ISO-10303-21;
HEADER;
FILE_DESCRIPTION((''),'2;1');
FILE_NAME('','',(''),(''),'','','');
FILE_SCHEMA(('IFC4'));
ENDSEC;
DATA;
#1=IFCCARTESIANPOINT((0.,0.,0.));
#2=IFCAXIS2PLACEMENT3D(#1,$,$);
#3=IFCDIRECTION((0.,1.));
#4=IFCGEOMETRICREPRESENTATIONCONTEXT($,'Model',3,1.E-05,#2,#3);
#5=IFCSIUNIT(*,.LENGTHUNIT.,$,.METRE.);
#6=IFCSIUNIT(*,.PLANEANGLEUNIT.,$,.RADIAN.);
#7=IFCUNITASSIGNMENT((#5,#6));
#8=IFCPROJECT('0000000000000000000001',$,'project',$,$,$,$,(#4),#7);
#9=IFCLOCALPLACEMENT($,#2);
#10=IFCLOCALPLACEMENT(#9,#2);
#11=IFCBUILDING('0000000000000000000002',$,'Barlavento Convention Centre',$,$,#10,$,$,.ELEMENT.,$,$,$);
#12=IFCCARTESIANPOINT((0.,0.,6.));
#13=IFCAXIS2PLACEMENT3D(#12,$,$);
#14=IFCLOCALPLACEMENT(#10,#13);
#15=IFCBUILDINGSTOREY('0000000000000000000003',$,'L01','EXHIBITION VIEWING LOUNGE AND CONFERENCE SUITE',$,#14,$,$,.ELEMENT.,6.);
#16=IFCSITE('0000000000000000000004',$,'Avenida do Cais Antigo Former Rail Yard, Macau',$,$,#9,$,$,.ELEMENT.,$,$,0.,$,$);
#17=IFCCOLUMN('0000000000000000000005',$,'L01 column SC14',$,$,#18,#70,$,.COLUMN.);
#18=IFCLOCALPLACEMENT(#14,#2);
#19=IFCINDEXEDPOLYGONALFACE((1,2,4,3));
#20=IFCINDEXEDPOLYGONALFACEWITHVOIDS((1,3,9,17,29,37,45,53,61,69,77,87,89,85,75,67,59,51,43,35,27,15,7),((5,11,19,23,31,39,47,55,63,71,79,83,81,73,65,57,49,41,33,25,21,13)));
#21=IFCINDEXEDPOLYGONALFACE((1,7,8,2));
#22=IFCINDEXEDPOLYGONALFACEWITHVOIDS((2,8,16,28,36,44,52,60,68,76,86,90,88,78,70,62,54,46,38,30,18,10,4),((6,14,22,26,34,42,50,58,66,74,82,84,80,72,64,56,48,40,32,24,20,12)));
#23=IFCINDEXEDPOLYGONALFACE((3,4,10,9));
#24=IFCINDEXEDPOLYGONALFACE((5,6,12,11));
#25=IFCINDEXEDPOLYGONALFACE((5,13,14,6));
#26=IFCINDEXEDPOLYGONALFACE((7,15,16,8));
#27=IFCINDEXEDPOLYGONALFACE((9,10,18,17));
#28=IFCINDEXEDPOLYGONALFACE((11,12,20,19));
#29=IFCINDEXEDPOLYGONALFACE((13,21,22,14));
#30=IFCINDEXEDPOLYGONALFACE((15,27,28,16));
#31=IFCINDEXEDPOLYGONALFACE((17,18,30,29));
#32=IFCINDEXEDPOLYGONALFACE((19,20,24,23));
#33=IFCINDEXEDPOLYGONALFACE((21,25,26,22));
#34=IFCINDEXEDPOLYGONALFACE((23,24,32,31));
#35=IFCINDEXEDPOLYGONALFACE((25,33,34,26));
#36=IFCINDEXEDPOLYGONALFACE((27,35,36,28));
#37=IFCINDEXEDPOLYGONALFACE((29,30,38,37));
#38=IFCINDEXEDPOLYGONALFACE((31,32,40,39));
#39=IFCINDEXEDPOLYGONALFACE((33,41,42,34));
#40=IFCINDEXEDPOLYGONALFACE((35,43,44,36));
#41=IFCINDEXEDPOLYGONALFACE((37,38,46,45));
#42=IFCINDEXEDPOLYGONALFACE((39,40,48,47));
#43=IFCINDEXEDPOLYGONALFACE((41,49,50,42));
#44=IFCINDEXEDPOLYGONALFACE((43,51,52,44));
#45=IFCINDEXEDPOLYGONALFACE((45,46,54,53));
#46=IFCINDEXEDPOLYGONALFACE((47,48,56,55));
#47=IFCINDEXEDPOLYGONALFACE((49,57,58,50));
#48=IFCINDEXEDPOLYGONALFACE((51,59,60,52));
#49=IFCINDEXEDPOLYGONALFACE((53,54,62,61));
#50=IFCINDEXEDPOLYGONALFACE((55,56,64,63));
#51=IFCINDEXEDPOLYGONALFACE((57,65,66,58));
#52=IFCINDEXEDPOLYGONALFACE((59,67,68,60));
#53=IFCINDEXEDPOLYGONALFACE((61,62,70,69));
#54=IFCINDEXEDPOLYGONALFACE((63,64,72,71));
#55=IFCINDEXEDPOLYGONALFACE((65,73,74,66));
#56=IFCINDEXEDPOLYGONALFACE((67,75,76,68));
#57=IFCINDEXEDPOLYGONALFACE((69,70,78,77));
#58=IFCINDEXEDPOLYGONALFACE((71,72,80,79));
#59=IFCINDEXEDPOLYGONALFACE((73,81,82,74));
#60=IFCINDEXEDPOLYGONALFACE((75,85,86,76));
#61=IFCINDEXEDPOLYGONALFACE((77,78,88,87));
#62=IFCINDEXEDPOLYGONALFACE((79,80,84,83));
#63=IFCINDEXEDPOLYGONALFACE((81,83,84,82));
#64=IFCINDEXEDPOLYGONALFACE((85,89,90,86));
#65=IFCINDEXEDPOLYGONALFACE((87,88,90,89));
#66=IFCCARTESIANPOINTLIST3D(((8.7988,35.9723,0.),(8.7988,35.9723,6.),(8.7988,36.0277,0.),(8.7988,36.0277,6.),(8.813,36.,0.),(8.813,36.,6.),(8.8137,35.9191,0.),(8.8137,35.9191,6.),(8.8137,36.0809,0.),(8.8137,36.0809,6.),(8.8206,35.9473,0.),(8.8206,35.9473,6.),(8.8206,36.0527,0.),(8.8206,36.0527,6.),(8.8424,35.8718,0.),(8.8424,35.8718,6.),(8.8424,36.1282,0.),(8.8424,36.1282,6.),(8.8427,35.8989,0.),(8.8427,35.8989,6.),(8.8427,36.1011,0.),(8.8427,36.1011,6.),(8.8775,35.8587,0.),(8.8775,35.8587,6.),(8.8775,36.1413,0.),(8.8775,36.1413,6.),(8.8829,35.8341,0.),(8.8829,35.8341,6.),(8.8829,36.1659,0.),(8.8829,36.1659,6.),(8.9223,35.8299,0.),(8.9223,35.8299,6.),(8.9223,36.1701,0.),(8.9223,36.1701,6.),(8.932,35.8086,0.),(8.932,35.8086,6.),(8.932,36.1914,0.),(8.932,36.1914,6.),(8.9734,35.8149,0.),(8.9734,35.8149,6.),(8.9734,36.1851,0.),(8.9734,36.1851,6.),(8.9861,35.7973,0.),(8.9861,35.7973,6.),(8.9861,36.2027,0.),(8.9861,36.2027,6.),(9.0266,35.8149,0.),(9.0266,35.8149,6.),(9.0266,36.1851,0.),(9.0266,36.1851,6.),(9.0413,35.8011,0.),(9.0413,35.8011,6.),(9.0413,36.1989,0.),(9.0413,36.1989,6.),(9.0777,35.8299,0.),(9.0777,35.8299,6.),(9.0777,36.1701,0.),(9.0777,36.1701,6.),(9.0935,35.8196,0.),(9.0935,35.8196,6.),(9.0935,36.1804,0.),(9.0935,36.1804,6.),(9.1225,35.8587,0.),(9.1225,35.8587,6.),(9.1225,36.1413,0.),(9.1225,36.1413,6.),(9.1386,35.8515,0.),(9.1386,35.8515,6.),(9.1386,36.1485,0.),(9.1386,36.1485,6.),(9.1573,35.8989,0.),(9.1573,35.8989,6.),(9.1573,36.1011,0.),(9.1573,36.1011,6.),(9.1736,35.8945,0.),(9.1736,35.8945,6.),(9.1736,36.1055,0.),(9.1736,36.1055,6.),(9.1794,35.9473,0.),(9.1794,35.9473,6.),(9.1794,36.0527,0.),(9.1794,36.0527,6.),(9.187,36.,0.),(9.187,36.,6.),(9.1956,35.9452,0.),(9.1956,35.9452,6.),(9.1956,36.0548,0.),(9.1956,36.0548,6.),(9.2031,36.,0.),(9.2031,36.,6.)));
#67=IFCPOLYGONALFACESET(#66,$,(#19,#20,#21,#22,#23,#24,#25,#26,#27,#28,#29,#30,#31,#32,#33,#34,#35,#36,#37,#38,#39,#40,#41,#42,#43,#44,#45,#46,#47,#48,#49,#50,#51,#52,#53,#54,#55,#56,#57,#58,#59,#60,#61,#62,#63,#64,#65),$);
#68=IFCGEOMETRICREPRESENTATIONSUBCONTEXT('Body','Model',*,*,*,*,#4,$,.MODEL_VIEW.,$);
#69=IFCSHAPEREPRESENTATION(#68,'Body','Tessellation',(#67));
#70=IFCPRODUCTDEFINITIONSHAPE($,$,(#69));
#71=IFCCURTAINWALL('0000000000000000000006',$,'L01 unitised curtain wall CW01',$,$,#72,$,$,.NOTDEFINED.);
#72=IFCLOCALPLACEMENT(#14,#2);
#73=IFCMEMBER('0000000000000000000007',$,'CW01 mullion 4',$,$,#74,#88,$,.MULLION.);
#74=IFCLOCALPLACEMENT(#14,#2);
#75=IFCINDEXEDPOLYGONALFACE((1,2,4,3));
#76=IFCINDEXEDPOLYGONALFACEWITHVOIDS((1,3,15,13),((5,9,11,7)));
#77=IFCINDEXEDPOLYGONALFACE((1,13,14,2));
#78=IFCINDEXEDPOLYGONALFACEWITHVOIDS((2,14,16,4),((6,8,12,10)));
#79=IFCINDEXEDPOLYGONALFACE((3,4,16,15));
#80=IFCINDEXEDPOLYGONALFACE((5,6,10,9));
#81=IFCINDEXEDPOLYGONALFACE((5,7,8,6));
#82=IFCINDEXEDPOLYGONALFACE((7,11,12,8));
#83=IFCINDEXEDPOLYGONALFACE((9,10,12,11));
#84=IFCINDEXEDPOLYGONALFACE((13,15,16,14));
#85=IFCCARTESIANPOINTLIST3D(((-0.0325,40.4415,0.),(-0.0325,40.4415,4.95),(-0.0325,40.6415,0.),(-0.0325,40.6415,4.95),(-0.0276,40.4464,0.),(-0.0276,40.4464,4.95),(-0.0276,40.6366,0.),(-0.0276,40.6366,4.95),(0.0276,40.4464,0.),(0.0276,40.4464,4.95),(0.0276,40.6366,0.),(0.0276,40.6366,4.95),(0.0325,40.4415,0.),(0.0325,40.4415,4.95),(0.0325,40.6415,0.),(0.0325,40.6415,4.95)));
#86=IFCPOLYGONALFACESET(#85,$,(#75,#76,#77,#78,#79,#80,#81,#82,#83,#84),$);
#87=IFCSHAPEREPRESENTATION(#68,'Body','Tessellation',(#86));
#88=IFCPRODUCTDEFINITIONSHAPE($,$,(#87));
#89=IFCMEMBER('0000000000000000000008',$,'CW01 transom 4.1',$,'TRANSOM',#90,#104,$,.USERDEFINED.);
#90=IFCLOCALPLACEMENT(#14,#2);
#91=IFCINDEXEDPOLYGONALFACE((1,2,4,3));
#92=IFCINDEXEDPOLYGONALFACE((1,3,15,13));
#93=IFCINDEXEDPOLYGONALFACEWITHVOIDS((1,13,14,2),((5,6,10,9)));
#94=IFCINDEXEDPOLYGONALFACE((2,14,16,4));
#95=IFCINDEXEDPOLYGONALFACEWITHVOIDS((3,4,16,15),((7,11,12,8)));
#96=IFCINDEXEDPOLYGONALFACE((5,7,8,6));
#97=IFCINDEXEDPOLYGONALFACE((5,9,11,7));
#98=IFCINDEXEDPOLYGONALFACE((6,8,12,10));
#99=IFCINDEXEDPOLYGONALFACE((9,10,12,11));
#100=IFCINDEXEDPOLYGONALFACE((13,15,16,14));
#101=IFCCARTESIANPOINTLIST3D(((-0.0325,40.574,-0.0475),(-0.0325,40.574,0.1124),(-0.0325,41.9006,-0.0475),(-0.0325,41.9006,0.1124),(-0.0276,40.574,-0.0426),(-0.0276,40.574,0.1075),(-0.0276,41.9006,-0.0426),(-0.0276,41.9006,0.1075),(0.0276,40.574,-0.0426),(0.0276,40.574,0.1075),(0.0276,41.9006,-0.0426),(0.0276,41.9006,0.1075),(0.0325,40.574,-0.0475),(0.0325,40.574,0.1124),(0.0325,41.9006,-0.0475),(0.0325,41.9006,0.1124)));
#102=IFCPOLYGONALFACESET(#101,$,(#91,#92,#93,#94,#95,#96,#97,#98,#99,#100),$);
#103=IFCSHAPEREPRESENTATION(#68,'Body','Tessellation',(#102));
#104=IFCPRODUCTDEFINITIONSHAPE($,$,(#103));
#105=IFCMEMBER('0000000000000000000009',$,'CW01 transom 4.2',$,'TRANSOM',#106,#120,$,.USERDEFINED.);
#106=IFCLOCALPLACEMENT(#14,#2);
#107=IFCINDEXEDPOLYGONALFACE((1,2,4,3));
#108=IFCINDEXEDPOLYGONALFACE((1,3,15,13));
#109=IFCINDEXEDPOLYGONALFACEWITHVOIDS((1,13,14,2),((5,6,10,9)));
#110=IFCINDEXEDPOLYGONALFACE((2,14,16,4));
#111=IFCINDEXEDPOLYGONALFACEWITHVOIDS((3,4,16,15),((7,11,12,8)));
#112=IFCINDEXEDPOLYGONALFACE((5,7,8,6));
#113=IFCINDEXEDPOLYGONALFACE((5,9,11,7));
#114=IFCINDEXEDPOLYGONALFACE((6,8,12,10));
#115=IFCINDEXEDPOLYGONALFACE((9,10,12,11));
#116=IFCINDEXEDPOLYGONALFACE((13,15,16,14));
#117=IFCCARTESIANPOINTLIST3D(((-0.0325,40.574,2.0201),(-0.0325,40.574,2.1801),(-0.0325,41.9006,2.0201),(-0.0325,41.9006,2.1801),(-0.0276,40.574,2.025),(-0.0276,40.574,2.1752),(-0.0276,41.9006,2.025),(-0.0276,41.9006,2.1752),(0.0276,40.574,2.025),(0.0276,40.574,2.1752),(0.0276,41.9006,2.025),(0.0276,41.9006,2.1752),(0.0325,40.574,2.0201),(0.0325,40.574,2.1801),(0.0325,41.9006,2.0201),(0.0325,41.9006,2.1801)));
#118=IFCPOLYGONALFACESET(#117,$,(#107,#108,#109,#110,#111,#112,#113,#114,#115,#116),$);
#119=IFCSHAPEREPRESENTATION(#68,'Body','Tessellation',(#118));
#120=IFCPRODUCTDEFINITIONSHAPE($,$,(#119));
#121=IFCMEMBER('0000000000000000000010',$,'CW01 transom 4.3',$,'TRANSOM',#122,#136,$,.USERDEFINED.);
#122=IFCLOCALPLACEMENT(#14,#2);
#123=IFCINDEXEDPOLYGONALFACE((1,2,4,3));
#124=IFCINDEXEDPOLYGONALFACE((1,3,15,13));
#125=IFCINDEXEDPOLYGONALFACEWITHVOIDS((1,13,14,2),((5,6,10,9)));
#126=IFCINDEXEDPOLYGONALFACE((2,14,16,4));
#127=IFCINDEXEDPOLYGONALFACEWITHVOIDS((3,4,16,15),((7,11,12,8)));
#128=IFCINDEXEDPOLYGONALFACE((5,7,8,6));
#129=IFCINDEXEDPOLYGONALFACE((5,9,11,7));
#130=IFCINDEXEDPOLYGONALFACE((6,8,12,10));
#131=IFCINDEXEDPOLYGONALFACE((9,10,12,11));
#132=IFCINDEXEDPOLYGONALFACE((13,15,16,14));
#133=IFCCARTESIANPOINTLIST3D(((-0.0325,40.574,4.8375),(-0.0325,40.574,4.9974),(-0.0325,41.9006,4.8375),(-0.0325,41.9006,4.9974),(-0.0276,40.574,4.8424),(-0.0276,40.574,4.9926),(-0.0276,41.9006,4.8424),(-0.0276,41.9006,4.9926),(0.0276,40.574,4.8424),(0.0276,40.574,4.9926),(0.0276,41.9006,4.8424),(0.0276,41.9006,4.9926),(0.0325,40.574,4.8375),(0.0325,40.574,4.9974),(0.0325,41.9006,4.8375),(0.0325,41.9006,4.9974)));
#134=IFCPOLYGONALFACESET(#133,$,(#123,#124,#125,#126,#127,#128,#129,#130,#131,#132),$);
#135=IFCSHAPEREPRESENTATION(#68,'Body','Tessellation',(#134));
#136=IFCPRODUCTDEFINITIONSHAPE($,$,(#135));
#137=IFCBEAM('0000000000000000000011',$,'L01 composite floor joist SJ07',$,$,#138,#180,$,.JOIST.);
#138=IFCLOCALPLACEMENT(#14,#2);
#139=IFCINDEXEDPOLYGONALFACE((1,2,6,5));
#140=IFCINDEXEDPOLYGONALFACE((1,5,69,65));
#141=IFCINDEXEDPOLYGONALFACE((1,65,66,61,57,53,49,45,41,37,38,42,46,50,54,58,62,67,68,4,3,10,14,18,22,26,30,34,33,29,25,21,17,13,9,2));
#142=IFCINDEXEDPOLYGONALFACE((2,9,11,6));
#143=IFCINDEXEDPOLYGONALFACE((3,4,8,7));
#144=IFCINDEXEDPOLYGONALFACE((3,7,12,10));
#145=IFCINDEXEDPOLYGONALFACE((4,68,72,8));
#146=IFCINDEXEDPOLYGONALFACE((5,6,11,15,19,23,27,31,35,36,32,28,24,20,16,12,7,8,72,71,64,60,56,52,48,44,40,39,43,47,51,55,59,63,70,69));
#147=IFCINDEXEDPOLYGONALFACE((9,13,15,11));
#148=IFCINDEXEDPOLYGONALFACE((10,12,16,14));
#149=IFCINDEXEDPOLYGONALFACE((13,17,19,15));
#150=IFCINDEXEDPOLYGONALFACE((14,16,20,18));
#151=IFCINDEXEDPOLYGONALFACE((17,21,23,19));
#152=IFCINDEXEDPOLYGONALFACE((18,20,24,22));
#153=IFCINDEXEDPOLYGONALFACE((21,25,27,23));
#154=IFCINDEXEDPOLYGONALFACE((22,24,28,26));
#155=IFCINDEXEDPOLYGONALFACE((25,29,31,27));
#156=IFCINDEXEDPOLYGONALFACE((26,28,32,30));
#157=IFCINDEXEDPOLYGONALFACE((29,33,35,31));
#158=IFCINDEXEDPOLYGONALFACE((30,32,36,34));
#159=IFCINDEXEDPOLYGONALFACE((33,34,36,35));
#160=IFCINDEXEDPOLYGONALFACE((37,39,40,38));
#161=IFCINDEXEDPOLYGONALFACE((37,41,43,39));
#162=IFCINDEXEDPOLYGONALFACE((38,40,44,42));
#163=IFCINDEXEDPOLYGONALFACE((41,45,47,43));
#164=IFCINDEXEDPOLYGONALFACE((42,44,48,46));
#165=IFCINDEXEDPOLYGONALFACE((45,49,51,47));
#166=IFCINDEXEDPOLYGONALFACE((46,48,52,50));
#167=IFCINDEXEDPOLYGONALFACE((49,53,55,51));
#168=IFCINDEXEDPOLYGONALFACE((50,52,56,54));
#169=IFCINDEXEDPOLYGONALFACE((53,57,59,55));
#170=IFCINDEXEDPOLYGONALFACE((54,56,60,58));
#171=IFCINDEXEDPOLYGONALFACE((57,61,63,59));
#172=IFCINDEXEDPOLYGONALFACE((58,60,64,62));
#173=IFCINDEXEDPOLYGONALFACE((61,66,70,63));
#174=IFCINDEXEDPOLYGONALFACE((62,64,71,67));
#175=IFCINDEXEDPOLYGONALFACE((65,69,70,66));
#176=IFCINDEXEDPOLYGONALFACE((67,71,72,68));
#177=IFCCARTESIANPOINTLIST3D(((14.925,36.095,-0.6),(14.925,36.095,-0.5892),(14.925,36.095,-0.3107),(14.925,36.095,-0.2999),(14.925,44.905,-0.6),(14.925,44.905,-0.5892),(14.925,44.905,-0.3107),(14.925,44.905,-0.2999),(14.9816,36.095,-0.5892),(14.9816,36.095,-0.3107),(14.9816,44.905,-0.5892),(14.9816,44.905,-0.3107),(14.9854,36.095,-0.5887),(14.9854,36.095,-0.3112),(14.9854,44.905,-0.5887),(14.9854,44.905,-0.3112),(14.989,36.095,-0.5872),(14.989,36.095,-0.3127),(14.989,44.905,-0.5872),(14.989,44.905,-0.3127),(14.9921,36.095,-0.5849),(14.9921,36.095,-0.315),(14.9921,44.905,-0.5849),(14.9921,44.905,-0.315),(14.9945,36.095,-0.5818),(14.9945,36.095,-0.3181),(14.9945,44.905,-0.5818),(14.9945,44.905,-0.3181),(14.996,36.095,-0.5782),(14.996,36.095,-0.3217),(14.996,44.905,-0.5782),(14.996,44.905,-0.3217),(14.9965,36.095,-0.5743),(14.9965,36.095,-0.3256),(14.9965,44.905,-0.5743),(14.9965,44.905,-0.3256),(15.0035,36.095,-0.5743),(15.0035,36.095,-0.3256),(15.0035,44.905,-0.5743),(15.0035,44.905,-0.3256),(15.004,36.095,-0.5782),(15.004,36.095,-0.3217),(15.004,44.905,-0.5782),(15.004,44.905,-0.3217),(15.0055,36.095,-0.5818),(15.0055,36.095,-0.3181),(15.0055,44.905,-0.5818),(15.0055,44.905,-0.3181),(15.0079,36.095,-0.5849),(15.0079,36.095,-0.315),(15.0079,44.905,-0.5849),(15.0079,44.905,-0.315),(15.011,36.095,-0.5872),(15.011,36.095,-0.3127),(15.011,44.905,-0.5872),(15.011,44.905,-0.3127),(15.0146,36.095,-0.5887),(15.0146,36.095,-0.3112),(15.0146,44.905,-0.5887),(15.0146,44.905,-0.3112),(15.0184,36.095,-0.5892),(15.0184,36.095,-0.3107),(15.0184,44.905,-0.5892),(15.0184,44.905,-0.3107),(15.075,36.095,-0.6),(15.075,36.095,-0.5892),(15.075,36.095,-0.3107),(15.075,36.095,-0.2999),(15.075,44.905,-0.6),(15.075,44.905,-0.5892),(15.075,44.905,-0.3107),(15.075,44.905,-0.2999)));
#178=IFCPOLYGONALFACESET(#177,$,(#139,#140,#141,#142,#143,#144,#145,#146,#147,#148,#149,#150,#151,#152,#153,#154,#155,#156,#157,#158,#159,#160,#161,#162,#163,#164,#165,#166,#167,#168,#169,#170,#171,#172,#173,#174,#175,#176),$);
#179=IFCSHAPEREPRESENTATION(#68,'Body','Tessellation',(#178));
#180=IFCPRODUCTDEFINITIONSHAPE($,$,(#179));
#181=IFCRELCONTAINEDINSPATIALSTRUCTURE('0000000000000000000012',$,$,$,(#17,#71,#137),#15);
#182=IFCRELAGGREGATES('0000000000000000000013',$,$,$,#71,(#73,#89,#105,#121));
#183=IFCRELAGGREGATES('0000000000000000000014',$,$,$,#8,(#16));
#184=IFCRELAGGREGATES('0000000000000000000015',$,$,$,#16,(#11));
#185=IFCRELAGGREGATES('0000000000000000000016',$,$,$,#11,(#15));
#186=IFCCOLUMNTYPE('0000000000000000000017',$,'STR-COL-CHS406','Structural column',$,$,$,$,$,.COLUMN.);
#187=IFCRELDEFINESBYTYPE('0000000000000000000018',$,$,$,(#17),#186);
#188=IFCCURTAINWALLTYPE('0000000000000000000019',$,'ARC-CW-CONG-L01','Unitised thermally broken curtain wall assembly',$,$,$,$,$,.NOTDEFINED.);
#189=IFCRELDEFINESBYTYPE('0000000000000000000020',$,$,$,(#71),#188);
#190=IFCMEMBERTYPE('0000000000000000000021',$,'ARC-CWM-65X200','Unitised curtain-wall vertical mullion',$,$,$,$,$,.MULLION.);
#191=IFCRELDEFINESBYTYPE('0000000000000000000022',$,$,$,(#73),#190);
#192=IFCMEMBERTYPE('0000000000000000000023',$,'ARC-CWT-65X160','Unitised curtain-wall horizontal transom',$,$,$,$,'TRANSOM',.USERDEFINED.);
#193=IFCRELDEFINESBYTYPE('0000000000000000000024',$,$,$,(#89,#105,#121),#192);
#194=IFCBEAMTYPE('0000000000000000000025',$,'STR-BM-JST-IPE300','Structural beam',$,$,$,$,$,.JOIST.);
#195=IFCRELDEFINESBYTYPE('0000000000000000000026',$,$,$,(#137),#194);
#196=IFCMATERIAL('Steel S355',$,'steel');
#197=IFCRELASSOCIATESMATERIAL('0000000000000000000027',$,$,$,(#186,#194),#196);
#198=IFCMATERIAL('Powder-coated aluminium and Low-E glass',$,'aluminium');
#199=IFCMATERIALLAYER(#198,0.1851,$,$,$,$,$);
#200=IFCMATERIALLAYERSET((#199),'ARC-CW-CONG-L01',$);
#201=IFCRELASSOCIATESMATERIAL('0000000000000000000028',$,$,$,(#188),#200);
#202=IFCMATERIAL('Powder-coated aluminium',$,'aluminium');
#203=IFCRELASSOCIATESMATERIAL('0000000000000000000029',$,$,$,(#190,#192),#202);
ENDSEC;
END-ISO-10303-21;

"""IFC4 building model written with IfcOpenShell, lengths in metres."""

from ifc_helpers import new_model, si_unit, direction, frame, origin, origin_2d, place, context, subcontext, project, spatial, hollow_rectangle, hollow_circle, i_section, extrude, material, layer, layer_set, material_profile, profile_set, type_object, element, aggregate, save


model = new_model("IFC4")

# Units and contexts
model_context = context("Model", 3, precision=1e-05, world=origin(), true_north=direction((0.0, 1.0)))
body_context = subcontext(model_context, "Body", "Model", "MODEL_VIEW")
ifc_project = project(units=[si_unit("LENGTHUNIT", "METRE"), si_unit("PLANEANGLEUNIT", "RADIAN")], contexts=[model_context])

# Site, building, storey
site_placement = place(None, origin())
site = spatial("IfcSite", under=ifc_project, at=site_placement, Name="Avenida do Cais Antigo Former Rail Yard, Macau", CompositionType="ELEMENT", RefElevation=0.0)
building_placement = place(site_placement, origin())
building = spatial("IfcBuilding", under=site, at=building_placement, Name="Barlavento Convention Centre", CompositionType="ELEMENT")
storey_placement = place(building_placement, frame((0.0, 0.0, 6.0)))
storey = spatial("IfcBuildingStorey", under=building, at=storey_placement, Name="L01", Description="EXHIBITION VIEWING LOUNGE AND CONFERENCE SUITE", CompositionType="ELEMENT", Elevation=6.0)

# Column
ifc_material_1 = material(Name="Steel S355", Category="steel")
ifc_material_profile_1 = material_profile(ifc_material_1, hollow_circle(Radius=0.2031, WallThickness=0.0161, at=origin_2d()), Name="CHS 406.4x16.0")
ifc_profile_set_1 = profile_set([ifc_material_profile_1], Name="Steel S355")
column_type = type_object("IfcColumnType", Name="STR-COL-CHS406", Description="Structural column", PredefinedType="COLUMN", material=ifc_profile_set_1)
column_placement = place(storey_placement, frame((9.0, 36.0, 0.0), z_axis=(0.0, 0.0, 1.0), x_axis=(1.0, 0.0, 0.0)))
element("IfcColumn", 1, at=column_placement, inside=storey, type_object=column_type, Name="L01 column SC14", PredefinedType="COLUMN", context=body_context, shape_type="SweptSolid", body=[
    extrude(hollow_circle(Radius=0.2031, WallThickness=0.0161, at=origin_2d()), origin(), (0.0, 0.0, 1.0), 6.0),
])

# Curtain wall, members
ifc_material_2 = material(Name="Powder-coated aluminium and Low-E glass", Category="aluminium")
ifc_layer_1 = layer(ifc_material_2, 0.1851)
ifc_layer_set_1 = layer_set([ifc_layer_1], Name="ARC-CW-CONG-L01")
curtain_wall_type = type_object("IfcCurtainWallType", Name="ARC-CW-CONG-L01", Description="Unitised thermally broken curtain wall assembly", PredefinedType="NOTDEFINED", material=ifc_layer_set_1)
curtain_wall_placement = place(storey_placement, origin())
curtain_wall = element("IfcCurtainWall", 2, at=curtain_wall_placement, inside=storey, type_object=curtain_wall_type, Name="L01 unitised curtain wall CW01", PredefinedType="NOTDEFINED")
ifc_material_3 = material(Name="Powder-coated aluminium", Category="aluminium")
ifc_material_profile_2 = material_profile(ifc_material_3, hollow_rectangle(XDim=0.0649, YDim=0.2, WallThickness=0.0049, at=origin_2d()), Name="AL-MULL 65x200x5")
ifc_profile_set_2 = profile_set([ifc_material_profile_2], Name="Powder-coated aluminium")
member_type_1 = type_object("IfcMemberType", Name="ARC-CWM-65X200", Description="Unitised curtain-wall vertical mullion", PredefinedType="MULLION", material=ifc_profile_set_2)
member_1_placement = place(storey_placement, frame((0.0, 40.5415, 0.0), z_axis=(0.0, 0.0, 1.0), x_axis=(-1.0, 0.0, 0.0)))
member_1 = element("IfcMember", 3, at=member_1_placement, type_object=member_type_1, Name="CW01 mullion 4", PredefinedType="MULLION", context=body_context, shape_type="SweptSolid", body=[
    extrude(hollow_rectangle(XDim=0.0649, YDim=0.2, WallThickness=0.0049, at=origin_2d()), origin(), (0.0, 0.0, 1.0), 4.95),
])
ifc_material_profile_3 = material_profile(ifc_material_3, hollow_rectangle(XDim=0.0649, YDim=0.1599, WallThickness=0.0049, at=origin_2d()), Name="AL-TRAN 65x160x5")
ifc_profile_set_3 = profile_set([ifc_material_profile_3], Name="Powder-coated aluminium")
member_type_2 = type_object("IfcMemberType", Name="ARC-CWT-65X160", Description="Unitised curtain-wall horizontal transom", ElementType="TRANSOM", PredefinedType="USERDEFINED", material=ifc_profile_set_3)
member_2_placement = place(storey_placement, frame((0.0, 40.574, 0.0325), z_axis=(0.0, 1.0, 0.0), x_axis=(-1.0, 0.0, 0.0)))
member_2 = element("IfcMember", 4, at=member_2_placement, type_object=member_type_2, Name="CW01 transom 4.1", ObjectType="TRANSOM", PredefinedType="USERDEFINED", context=body_context, shape_type="SweptSolid", body=[
    extrude(hollow_rectangle(XDim=0.0649, YDim=0.1599, WallThickness=0.0049, at=origin_2d()), origin(), (0.0, 0.0, 1.0), 1.3267),
])
member_3_placement = place(storey_placement, frame((0.0, 40.574, 2.1001), z_axis=(0.0, 1.0, 0.0), x_axis=(-1.0, 0.0, 0.0)))
member_3 = element("IfcMember", 5, at=member_3_placement, type_object=member_type_2, Name="CW01 transom 4.2", ObjectType="TRANSOM", PredefinedType="USERDEFINED", context=body_context, shape_type="SweptSolid", body=[
    extrude(hollow_rectangle(XDim=0.0649, YDim=0.1599, WallThickness=0.0049, at=origin_2d()), origin(), (0.0, 0.0, 1.0), 1.3267),
])
member_4_placement = place(storey_placement, frame((0.0, 40.574, 4.9175), z_axis=(0.0, 1.0, 0.0), x_axis=(-1.0, 0.0, 0.0)))
member_4 = element("IfcMember", 6, at=member_4_placement, type_object=member_type_2, Name="CW01 transom 4.3", ObjectType="TRANSOM", PredefinedType="USERDEFINED", context=body_context, shape_type="SweptSolid", body=[
    extrude(hollow_rectangle(XDim=0.0649, YDim=0.1599, WallThickness=0.0049, at=origin_2d()), origin(), (0.0, 0.0, 1.0), 1.3267),
])

# Beam
ifc_material_profile_4 = material_profile(ifc_material_1, i_section(OverallWidth=0.1499, OverallDepth=0.3, WebThickness=0.0071, FlangeThickness=0.0107, FilletRadius=0.0149, at=origin_2d()), Name="IPE 300")
ifc_profile_set_4 = profile_set([ifc_material_profile_4], Name="Steel S355")
beam_type_1 = type_object("IfcBeamType", Name="STR-BM-JST-IPE300", Description="Structural beam", PredefinedType="JOIST", material=ifc_profile_set_4)
beam_1_placement = place(storey_placement, frame((15.0, 36.095, -0.45), z_axis=(0.0, 1.0, 0.0), x_axis=(-1.0, 0.0, 0.0)))
element("IfcBeam", 7, at=beam_1_placement, inside=storey, type_object=beam_type_1, Name="L01 composite floor joist SJ07", PredefinedType="JOIST", context=body_context, shape_type="SweptSolid", body=[
    extrude(i_section(OverallWidth=0.1499, OverallDepth=0.3, WebThickness=0.0071, FlangeThickness=0.0107, FilletRadius=0.0149, at=origin_2d()), origin(), (0.0, 0.0, 1.0), 8.8101),
])

aggregate(curtain_wall, [member_1, member_2, member_3, member_4])

save(model, "model.ifc")
